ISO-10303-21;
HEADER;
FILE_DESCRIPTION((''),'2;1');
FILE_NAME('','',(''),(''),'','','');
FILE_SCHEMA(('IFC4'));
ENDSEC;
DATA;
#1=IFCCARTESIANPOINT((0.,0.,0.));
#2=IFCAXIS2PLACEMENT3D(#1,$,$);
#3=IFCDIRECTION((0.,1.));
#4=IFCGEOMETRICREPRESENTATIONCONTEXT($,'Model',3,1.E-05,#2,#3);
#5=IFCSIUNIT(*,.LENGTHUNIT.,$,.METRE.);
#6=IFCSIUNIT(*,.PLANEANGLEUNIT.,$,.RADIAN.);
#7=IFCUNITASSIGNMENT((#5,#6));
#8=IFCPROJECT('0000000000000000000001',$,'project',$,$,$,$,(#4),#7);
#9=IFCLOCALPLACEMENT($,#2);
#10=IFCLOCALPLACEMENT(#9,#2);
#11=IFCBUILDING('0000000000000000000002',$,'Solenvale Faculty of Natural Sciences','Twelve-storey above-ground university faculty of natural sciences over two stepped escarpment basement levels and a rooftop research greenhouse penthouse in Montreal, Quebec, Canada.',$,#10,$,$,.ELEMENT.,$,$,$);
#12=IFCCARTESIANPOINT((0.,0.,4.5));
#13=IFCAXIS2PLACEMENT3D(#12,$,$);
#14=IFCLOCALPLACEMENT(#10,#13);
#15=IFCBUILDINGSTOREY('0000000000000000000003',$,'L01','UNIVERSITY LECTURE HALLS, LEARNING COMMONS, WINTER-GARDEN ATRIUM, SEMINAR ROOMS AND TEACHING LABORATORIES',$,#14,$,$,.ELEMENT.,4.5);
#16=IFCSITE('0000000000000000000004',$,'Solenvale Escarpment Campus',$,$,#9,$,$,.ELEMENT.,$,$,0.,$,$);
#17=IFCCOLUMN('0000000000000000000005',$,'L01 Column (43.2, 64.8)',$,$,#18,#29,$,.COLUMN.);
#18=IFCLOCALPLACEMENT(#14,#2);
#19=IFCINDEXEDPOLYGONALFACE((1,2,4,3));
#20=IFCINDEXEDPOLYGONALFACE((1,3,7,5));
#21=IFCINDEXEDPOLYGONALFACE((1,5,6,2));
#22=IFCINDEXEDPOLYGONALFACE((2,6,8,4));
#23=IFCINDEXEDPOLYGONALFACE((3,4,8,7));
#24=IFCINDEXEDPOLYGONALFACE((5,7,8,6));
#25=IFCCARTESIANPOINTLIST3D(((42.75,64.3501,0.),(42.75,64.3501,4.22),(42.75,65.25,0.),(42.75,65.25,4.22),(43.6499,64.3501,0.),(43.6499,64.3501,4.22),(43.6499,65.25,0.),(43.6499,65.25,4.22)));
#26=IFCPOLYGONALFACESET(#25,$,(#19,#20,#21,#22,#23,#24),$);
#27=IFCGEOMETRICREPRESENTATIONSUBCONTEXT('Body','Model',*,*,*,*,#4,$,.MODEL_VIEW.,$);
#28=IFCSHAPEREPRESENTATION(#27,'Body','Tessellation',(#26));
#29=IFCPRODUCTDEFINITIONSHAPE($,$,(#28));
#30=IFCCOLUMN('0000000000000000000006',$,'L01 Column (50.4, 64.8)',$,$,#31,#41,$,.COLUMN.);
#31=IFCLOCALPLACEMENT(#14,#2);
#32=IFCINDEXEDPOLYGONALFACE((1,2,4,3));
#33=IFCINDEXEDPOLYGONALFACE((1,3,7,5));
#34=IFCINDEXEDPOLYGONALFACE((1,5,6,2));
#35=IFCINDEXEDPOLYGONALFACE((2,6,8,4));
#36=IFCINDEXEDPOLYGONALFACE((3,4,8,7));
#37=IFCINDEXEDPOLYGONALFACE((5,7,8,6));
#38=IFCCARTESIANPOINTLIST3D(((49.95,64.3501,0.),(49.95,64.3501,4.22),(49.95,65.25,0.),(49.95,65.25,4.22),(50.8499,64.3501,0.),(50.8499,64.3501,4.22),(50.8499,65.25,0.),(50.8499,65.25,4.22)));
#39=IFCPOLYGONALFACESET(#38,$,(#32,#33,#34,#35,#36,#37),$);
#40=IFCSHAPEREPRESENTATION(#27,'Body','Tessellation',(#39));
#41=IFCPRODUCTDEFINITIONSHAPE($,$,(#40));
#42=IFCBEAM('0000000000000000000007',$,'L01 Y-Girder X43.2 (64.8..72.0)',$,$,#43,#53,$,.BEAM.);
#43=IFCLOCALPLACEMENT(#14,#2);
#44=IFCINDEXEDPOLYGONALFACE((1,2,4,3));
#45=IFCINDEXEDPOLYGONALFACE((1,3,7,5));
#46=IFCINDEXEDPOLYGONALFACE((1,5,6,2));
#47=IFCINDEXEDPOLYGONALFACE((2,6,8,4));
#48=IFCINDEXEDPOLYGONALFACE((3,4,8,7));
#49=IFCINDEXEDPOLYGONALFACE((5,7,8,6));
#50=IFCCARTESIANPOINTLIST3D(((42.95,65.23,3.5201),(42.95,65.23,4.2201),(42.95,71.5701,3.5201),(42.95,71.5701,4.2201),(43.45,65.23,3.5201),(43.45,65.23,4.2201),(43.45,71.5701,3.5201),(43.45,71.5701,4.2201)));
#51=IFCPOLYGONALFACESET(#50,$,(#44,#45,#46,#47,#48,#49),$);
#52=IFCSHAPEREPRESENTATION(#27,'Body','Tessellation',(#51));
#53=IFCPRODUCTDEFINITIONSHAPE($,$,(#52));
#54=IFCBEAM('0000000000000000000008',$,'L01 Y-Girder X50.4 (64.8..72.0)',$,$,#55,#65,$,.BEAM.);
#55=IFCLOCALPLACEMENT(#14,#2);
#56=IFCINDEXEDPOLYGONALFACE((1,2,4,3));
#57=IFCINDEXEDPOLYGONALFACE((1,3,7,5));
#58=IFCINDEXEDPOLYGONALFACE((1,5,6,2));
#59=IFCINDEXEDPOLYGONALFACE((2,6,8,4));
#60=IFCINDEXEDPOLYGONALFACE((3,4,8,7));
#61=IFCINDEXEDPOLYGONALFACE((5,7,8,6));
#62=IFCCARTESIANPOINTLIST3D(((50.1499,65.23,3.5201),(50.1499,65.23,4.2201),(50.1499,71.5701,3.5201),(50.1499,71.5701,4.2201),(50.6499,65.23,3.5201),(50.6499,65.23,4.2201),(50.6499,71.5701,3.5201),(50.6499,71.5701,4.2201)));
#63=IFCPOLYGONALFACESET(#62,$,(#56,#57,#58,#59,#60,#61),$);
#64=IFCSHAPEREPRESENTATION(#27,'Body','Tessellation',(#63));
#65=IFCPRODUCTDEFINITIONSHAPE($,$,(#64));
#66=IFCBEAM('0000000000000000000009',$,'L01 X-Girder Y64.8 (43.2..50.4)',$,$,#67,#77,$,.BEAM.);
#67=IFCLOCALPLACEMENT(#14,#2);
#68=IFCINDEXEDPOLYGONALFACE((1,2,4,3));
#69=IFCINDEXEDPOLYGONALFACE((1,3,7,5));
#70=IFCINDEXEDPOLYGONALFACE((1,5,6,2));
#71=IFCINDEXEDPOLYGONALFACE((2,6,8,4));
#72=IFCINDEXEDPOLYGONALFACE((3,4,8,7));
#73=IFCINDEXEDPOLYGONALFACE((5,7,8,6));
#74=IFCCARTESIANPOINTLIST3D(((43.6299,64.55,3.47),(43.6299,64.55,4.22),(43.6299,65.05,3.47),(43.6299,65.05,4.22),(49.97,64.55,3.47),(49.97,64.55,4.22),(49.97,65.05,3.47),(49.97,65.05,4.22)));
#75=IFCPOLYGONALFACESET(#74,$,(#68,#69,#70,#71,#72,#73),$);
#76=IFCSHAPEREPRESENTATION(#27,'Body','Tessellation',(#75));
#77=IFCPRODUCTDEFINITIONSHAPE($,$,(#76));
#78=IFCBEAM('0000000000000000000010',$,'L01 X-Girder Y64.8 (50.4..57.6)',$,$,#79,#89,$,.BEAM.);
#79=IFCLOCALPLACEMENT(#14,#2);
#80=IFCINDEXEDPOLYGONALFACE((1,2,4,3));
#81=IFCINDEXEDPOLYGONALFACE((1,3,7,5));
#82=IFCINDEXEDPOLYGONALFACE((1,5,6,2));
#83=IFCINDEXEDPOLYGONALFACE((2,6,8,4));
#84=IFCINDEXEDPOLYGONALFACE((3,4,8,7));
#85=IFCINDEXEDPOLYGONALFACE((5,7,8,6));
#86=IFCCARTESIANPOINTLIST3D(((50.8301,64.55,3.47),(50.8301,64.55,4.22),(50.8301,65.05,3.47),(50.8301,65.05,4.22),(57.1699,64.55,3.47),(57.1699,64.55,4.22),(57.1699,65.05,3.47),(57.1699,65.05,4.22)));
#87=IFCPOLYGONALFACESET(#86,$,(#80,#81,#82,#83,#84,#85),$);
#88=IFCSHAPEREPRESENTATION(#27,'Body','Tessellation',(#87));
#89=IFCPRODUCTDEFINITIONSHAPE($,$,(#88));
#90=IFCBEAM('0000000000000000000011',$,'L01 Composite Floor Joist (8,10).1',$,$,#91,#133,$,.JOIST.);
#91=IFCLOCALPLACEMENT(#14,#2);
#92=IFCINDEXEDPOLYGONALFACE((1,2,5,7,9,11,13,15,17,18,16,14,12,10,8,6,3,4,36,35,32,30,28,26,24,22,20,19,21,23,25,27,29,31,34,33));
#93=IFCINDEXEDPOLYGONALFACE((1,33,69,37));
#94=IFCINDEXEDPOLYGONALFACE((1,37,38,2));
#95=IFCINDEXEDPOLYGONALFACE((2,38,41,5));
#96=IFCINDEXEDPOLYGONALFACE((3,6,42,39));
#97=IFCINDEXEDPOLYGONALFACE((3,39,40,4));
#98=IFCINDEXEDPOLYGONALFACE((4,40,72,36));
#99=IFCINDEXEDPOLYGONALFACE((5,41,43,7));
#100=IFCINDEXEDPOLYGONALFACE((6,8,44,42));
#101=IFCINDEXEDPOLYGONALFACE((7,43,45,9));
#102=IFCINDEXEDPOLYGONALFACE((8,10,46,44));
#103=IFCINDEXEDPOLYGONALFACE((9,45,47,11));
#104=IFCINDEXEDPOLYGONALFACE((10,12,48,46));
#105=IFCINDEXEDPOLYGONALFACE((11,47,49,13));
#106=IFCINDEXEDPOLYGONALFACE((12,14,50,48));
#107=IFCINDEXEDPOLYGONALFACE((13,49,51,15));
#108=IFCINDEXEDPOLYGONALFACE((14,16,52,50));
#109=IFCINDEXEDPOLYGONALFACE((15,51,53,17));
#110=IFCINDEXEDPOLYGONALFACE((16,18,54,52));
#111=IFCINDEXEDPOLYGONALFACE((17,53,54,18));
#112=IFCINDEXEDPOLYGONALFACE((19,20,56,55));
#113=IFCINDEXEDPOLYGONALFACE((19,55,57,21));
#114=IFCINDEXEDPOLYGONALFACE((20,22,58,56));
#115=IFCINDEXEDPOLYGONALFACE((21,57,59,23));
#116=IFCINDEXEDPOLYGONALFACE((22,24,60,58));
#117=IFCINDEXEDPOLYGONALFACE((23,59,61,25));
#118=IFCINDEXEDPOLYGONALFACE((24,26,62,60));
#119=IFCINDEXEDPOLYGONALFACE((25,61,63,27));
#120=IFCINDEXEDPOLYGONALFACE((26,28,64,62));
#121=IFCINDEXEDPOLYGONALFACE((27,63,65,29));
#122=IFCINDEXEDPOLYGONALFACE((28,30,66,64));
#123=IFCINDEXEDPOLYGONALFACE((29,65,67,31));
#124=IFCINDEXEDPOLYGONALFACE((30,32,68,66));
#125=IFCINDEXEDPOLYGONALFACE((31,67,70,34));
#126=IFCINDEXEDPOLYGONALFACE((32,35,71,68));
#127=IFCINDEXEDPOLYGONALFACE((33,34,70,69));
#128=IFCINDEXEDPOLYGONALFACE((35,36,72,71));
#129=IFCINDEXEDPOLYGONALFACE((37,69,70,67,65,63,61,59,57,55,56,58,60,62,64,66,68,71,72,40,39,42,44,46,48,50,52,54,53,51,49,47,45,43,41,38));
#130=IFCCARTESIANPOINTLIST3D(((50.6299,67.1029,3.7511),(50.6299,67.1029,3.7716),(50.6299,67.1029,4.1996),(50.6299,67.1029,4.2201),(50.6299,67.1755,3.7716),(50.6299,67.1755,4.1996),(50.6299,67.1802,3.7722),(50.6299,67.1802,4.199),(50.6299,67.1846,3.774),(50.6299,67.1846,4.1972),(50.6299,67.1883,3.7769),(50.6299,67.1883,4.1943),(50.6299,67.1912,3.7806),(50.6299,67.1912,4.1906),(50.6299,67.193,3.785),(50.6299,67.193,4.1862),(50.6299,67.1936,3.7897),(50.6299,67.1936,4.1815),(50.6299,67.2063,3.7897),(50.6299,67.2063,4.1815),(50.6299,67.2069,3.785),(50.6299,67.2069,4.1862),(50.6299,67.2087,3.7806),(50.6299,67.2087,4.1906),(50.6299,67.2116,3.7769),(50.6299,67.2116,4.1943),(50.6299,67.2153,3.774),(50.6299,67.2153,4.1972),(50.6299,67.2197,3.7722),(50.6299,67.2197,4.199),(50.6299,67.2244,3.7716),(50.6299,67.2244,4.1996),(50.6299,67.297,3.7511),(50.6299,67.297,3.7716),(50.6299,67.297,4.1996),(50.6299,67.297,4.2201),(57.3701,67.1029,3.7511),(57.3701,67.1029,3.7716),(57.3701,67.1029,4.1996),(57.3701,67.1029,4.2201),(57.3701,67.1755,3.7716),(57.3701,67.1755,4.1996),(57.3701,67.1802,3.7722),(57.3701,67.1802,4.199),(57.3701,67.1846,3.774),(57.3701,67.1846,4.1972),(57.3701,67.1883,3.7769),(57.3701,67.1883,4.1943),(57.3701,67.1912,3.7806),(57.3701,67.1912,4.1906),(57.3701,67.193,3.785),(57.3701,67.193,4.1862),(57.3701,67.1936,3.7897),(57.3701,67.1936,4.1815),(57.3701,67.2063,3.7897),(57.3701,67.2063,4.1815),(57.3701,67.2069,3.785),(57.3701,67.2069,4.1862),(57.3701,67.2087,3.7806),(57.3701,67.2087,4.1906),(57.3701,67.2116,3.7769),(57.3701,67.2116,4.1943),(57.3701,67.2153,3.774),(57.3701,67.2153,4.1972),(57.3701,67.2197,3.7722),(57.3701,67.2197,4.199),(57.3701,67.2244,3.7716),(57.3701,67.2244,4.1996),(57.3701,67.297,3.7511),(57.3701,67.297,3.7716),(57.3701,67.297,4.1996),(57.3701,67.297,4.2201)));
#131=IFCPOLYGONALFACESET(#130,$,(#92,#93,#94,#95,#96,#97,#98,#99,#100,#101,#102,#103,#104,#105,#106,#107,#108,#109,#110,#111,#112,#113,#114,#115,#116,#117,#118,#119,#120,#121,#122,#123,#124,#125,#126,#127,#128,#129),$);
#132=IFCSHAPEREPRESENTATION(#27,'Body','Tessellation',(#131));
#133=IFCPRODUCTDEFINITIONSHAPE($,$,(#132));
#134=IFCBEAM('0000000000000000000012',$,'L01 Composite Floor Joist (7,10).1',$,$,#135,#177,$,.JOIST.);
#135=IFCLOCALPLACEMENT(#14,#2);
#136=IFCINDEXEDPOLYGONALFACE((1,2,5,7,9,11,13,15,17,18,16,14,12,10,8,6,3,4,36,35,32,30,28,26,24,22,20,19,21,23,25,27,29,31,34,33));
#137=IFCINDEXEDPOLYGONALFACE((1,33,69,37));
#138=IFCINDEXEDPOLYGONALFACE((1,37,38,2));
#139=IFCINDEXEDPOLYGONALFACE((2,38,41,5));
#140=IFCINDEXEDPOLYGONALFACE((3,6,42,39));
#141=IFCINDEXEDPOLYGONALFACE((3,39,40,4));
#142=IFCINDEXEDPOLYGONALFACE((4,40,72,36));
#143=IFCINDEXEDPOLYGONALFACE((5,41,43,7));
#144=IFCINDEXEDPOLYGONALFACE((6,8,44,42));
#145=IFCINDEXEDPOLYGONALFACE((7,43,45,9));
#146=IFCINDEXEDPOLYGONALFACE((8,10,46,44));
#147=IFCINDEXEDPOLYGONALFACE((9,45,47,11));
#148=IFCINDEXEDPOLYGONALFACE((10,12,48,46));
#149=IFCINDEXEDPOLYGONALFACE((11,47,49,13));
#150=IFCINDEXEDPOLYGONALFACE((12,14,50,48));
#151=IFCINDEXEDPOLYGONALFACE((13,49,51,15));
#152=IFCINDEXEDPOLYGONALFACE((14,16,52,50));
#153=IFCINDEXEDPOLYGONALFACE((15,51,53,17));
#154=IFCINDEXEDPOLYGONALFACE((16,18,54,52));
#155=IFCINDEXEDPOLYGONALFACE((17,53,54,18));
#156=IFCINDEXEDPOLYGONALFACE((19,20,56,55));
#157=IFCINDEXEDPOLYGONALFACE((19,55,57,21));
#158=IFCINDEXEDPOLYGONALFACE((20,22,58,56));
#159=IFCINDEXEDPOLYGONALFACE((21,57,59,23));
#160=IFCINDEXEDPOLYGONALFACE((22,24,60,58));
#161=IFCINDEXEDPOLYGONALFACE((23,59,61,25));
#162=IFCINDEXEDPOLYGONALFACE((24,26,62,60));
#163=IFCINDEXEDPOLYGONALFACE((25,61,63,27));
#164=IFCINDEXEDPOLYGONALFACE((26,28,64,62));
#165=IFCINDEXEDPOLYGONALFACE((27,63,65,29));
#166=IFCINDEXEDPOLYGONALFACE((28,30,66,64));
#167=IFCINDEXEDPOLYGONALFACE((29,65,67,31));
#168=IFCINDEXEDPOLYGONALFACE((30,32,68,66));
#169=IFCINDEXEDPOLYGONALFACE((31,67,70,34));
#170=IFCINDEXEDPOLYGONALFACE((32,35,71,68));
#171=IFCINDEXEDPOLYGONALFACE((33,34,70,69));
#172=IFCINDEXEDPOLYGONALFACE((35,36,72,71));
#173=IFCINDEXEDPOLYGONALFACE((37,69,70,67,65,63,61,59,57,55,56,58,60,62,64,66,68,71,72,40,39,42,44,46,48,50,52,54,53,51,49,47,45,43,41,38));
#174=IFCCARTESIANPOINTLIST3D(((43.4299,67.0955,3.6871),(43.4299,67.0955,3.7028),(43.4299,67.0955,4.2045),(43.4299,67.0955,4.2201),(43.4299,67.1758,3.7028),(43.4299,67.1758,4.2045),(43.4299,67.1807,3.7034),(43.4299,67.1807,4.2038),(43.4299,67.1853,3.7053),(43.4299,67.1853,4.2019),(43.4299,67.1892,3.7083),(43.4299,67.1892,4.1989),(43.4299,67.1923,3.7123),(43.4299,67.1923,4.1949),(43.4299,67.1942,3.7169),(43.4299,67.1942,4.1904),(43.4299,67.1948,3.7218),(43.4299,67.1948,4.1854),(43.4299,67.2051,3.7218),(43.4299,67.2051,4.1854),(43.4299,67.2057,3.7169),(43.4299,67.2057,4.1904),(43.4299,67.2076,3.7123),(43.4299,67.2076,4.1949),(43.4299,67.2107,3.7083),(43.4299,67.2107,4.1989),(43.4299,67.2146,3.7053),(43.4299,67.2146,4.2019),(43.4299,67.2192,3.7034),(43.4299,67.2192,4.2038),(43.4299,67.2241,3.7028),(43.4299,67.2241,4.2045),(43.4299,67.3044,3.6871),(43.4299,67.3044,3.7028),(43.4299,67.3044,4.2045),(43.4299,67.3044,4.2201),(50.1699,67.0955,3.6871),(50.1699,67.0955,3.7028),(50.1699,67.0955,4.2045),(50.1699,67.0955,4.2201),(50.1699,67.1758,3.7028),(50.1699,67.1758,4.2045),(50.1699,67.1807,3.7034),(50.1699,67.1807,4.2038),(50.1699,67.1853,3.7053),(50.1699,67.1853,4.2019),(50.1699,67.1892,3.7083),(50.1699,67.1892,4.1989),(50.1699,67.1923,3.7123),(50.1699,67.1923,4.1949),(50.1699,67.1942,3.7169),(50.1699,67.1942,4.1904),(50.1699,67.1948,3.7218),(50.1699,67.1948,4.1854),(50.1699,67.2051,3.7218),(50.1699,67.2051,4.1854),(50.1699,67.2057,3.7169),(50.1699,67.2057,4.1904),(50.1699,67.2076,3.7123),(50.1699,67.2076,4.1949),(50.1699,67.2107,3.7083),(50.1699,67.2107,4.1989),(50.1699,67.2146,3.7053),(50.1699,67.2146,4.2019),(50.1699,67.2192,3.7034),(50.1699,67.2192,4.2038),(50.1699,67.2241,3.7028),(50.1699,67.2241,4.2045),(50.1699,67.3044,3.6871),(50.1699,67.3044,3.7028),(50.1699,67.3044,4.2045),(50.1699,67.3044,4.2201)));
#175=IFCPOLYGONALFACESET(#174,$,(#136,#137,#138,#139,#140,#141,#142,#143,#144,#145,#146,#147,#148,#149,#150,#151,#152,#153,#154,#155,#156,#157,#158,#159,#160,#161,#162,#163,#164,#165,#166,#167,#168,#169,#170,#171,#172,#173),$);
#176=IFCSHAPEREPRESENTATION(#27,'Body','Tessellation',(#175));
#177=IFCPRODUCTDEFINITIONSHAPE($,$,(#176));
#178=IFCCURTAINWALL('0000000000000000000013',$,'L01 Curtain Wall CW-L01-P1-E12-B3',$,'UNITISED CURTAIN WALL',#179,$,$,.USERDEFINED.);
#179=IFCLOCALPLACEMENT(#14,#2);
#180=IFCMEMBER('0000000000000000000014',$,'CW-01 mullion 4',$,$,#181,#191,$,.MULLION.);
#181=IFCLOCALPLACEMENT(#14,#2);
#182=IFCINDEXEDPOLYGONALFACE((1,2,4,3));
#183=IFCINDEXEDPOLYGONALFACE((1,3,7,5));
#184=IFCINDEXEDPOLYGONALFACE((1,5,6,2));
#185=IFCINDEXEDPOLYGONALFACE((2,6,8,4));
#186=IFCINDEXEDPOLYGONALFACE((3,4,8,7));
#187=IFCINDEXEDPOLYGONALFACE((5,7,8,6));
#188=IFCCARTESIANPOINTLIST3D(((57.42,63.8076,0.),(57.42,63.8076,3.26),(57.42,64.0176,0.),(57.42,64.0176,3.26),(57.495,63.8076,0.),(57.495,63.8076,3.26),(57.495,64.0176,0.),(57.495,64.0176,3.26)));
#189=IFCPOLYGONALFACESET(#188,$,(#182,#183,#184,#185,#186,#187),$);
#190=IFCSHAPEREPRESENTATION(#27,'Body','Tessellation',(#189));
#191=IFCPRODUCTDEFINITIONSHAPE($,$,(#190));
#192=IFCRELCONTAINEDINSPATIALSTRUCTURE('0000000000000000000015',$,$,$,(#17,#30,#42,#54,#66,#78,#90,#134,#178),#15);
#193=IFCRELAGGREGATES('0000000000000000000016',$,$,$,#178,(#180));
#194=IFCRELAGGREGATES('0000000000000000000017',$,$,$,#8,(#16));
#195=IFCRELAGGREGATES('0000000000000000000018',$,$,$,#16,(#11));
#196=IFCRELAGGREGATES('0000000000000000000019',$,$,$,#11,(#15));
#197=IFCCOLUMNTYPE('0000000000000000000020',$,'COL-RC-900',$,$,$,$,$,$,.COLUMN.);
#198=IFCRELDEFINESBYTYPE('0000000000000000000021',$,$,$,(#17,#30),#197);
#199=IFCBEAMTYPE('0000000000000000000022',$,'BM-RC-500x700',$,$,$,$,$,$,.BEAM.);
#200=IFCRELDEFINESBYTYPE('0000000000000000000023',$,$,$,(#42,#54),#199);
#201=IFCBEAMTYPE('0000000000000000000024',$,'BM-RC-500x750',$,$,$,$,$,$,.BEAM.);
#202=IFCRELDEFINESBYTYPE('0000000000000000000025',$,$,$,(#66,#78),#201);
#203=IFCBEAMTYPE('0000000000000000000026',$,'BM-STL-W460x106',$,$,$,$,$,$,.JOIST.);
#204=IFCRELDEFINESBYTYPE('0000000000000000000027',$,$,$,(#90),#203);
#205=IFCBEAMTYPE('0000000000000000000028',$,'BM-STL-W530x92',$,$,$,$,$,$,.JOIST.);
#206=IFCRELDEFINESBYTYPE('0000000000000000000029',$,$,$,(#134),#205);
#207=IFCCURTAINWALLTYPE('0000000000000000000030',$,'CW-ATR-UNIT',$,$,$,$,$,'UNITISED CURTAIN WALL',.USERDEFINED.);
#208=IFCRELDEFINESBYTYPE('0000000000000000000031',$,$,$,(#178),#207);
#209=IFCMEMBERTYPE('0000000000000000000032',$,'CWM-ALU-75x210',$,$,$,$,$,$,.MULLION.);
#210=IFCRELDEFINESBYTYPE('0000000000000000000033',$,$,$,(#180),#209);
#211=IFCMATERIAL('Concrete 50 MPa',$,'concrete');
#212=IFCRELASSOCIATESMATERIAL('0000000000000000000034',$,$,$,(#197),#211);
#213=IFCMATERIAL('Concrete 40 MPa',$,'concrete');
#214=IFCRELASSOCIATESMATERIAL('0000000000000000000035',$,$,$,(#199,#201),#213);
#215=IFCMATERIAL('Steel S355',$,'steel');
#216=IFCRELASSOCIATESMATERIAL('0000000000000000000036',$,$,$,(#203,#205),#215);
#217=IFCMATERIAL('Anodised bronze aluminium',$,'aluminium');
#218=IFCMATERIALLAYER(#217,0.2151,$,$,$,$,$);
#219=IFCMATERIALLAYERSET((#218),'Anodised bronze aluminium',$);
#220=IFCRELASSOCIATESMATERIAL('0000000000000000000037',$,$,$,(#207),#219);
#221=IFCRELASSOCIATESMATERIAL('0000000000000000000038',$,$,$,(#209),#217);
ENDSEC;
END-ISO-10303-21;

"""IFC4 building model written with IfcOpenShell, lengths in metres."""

from ifc_helpers import new_model, si_unit, direction, frame, origin, origin_2d, place, context, subcontext, project, spatial, rectangle, i_section, extrude, material, layer, layer_set, material_profile, profile_set, type_object, element, aggregate, save


model = new_model("IFC4")

# Units and contexts
model_context = context("Model", 3, precision=1e-05, world=origin(), true_north=direction((0.0, 1.0)))
body_context = subcontext(model_context, "Body", "Model", "MODEL_VIEW")
ifc_project = project(units=[si_unit("LENGTHUNIT", "METRE"), si_unit("PLANEANGLEUNIT", "RADIAN")], contexts=[model_context])

# Site, building, storey
site_placement = place(None, origin())
site = spatial("IfcSite", under=ifc_project, at=site_placement, Name="Solenvale Escarpment Campus", CompositionType="ELEMENT", RefElevation=0.0)
building_placement = place(site_placement, origin())
building = spatial("IfcBuilding", under=site, at=building_placement, Name="Solenvale Faculty of Natural Sciences", Description="Twelve-storey above-ground university faculty of natural sciences over two stepped escarpment basement levels and a rooftop research greenhouse penthouse in Montreal, Quebec, Canada.", CompositionType="ELEMENT")
storey_placement = place(building_placement, frame((0.0, 0.0, 4.5)))
storey = spatial("IfcBuildingStorey", under=building, at=storey_placement, Name="L01", Description="UNIVERSITY LECTURE HALLS, LEARNING COMMONS, WINTER-GARDEN ATRIUM, SEMINAR ROOMS AND TEACHING LABORATORIES", CompositionType="ELEMENT", Elevation=4.5)

# Columns
ifc_material_1 = material(Name="Concrete 50 MPa", Category="concrete")
ifc_material_profile_1 = material_profile(ifc_material_1, rectangle(XDim=0.8999, YDim=0.8999, at=origin_2d()), Name="RC-COL-900x900")
ifc_profile_set_1 = profile_set([ifc_material_profile_1], Name="Concrete 50 MPa")
column_type = type_object("IfcColumnType", Name="COL-RC-900", PredefinedType="COLUMN", material=ifc_profile_set_1)
for number, where, z_axis, x_axis, name in (
    (1, (43.2, 64.8, 0.0), (0.0, 0.0, 1.0), (1.0, 0.0, 0.0), "L01 Column (43.2, 64.8)"),
    (2, (50.3999, 64.8, 0.0), (0.0, 0.0, 1.0), (1.0, 0.0, 0.0), "L01 Column (50.4, 64.8)"),
):
    element("IfcColumn", number, at=place(storey_placement, frame(where, z_axis=z_axis, x_axis=x_axis)), inside=storey, type_object=column_type, Name=name, PredefinedType="COLUMN", context=body_context, shape_type="SweptSolid", body=[
        extrude(rectangle(XDim=0.8999, YDim=0.8999, at=origin_2d()), origin(), (0.0, 0.0, 1.0), 4.22),
    ])

# Beams
ifc_material_2 = material(Name="Concrete 40 MPa", Category="concrete")
ifc_material_profile_2 = material_profile(ifc_material_2, rectangle(XDim=0.5, YDim=0.7, at=origin_2d()), Name="RC-BM-500x700")
ifc_profile_set_2 = profile_set([ifc_material_profile_2], Name="Concrete 40 MPa")
beam_type_1 = type_object("IfcBeamType", Name="BM-RC-500x700", PredefinedType="BEAM", material=ifc_profile_set_2)
for number, where, z_axis, x_axis, name in (
    (3, (43.2, 65.23, 3.8701), (0.0, 1.0, 0.0), (-1.0, 0.0, 0.0), "L01 Y-Girder X43.2 (64.8..72.0)"),
    (4, (50.3999, 65.23, 3.8701), (0.0, 1.0, 0.0), (-1.0, 0.0, 0.0), "L01 Y-Girder X50.4 (64.8..72.0)"),
):
    element("IfcBeam", number, at=place(storey_placement, frame(where, z_axis=z_axis, x_axis=x_axis)), inside=storey, type_object=beam_type_1, Name=name, PredefinedType="BEAM", context=body_context, shape_type="SweptSolid", body=[
        extrude(rectangle(XDim=0.5, YDim=0.7, at=origin_2d()), origin(), (0.0, 0.0, 1.0), 6.3401),
    ])
ifc_material_profile_3 = material_profile(ifc_material_2, rectangle(XDim=0.5, YDim=0.75, at=origin_2d()), Name="RC-BM-500x750")
ifc_profile_set_3 = profile_set([ifc_material_profile_3], Name="Concrete 40 MPa")
beam_type_2 = type_object("IfcBeamType", Name="BM-RC-500x750", PredefinedType="BEAM", material=ifc_profile_set_3)
beam_1_placement = place(storey_placement, frame((43.6299, 64.8, 3.845), z_axis=(1.0, 0.0, 0.0), x_axis=(0.0, 1.0, 0.0)))
element("IfcBeam", 5, at=beam_1_placement, inside=storey, type_object=beam_type_2, Name="L01 X-Girder Y64.8 (43.2..50.4)", PredefinedType="BEAM", context=body_context, shape_type="SweptSolid", body=[
    extrude(rectangle(XDim=0.5, YDim=0.75, at=origin_2d()), origin(), (0.0, 0.0, 1.0), 6.3401),
])
beam_2_placement = place(storey_placement, frame((50.8301, 64.8, 3.845), z_axis=(1.0, 0.0, 0.0), x_axis=(0.0, 1.0, 0.0)))
element("IfcBeam", 6, at=beam_2_placement, inside=storey, type_object=beam_type_2, Name="L01 X-Girder Y64.8 (50.4..57.6)", PredefinedType="BEAM", context=body_context, shape_type="SweptSolid", body=[
    extrude(rectangle(XDim=0.5, YDim=0.75, at=origin_2d()), origin(), (0.0, 0.0, 1.0), 6.3398),
])
ifc_material_3 = material(Name="Steel S355", Category="steel")
ifc_material_profile_4 = material_profile(ifc_material_3, i_section(OverallWidth=0.1941, OverallDepth=0.469, WebThickness=0.0127, FlangeThickness=0.0205, FilletRadius=0.0181, at=origin_2d()), Name="W460x106")
ifc_profile_set_4 = profile_set([ifc_material_profile_4], Name="Steel S355")
beam_type_3 = type_object("IfcBeamType", Name="BM-STL-W460x106", PredefinedType="JOIST", material=ifc_profile_set_4)
beam_3_placement = place(storey_placement, frame((50.6299, 67.2, 3.9856), z_axis=(1.0, 0.0, 0.0), x_axis=(0.0, 1.0, 0.0)))
element("IfcBeam", 7, at=beam_3_placement, inside=storey, type_object=beam_type_3, Name="L01 Composite Floor Joist (8,10).1", PredefinedType="JOIST", context=body_context, shape_type="SweptSolid", body=[
    extrude(i_section(OverallWidth=0.1941, OverallDepth=0.469, WebThickness=0.0127, FlangeThickness=0.0205, FilletRadius=0.0181, at=origin_2d()), origin(), (0.0, 0.0, 1.0), 6.7402),
])
ifc_material_profile_5 = material_profile(ifc_material_3, i_section(OverallWidth=0.209, OverallDepth=0.533, WebThickness=0.0103, FlangeThickness=0.0156, FilletRadius=0.019, at=origin_2d()), Name="W530x92")
ifc_profile_set_5 = profile_set([ifc_material_profile_5], Name="Steel S355")
beam_type_4 = type_object("IfcBeamType", Name="BM-STL-W530x92", PredefinedType="JOIST", material=ifc_profile_set_5)
beam_4_placement = place(storey_placement, frame((43.4299, 67.2, 3.9536), z_axis=(1.0, 0.0, 0.0), x_axis=(0.0, 1.0, 0.0)))
element("IfcBeam", 8, at=beam_4_placement, inside=storey, type_object=beam_type_4, Name="L01 Composite Floor Joist (7,10).1", PredefinedType="JOIST", context=body_context, shape_type="SweptSolid", body=[
    extrude(i_section(OverallWidth=0.209, OverallDepth=0.533, WebThickness=0.0103, FlangeThickness=0.0156, FilletRadius=0.019, at=origin_2d()), origin(), (0.0, 0.0, 1.0), 6.74),
])

# Curtain wall, member
ifc_material_4 = material(Name="Anodised bronze aluminium", Category="aluminium")
ifc_layer_1 = layer(ifc_material_4, 0.2151)
ifc_layer_set_1 = layer_set([ifc_layer_1], Name="Anodised bronze aluminium")
curtain_wall_type = type_object("IfcCurtainWallType", Name="CW-ATR-UNIT", ElementType="UNITISED CURTAIN WALL", PredefinedType="USERDEFINED", material=ifc_layer_set_1)
curtain_wall_1_placement = place(storey_placement, origin())
curtain_wall_1 = element("IfcCurtainWall", 9, at=curtain_wall_1_placement, inside=storey, type_object=curtain_wall_type, Name="L01 Curtain Wall CW-L01-P1-E12-B3", ObjectType="UNITISED CURTAIN WALL", PredefinedType="USERDEFINED")
ifc_material_profile_6 = material_profile(ifc_material_4, rectangle(XDim=0.075, YDim=0.21, at=origin_2d()), Name="ALU-MUL-75x210")
ifc_profile_set_6 = profile_set([ifc_material_profile_6], Name="Anodised bronze aluminium")
member_type_1 = type_object("IfcMemberType", Name="CWM-ALU-75x210", PredefinedType="MULLION", material=ifc_profile_set_6)
member_1_placement = place(storey_placement, frame((57.4575, 63.9126, 0.0), z_axis=(0.0, 0.0, 1.0), x_axis=(-1.0, 0.0, 0.0)))
member_1 = element("IfcMember", 10, at=member_1_placement, type_object=member_type_1, Name="CW-01 mullion 4", PredefinedType="MULLION", context=body_context, shape_type="SweptSolid", body=[
    extrude(rectangle(XDim=0.075, YDim=0.21, at=origin_2d()), origin(), (0.0, 0.0, 1.0), 3.26),
])

aggregate(curtain_wall_1, [member_1])

save(model, "model.ifc")
